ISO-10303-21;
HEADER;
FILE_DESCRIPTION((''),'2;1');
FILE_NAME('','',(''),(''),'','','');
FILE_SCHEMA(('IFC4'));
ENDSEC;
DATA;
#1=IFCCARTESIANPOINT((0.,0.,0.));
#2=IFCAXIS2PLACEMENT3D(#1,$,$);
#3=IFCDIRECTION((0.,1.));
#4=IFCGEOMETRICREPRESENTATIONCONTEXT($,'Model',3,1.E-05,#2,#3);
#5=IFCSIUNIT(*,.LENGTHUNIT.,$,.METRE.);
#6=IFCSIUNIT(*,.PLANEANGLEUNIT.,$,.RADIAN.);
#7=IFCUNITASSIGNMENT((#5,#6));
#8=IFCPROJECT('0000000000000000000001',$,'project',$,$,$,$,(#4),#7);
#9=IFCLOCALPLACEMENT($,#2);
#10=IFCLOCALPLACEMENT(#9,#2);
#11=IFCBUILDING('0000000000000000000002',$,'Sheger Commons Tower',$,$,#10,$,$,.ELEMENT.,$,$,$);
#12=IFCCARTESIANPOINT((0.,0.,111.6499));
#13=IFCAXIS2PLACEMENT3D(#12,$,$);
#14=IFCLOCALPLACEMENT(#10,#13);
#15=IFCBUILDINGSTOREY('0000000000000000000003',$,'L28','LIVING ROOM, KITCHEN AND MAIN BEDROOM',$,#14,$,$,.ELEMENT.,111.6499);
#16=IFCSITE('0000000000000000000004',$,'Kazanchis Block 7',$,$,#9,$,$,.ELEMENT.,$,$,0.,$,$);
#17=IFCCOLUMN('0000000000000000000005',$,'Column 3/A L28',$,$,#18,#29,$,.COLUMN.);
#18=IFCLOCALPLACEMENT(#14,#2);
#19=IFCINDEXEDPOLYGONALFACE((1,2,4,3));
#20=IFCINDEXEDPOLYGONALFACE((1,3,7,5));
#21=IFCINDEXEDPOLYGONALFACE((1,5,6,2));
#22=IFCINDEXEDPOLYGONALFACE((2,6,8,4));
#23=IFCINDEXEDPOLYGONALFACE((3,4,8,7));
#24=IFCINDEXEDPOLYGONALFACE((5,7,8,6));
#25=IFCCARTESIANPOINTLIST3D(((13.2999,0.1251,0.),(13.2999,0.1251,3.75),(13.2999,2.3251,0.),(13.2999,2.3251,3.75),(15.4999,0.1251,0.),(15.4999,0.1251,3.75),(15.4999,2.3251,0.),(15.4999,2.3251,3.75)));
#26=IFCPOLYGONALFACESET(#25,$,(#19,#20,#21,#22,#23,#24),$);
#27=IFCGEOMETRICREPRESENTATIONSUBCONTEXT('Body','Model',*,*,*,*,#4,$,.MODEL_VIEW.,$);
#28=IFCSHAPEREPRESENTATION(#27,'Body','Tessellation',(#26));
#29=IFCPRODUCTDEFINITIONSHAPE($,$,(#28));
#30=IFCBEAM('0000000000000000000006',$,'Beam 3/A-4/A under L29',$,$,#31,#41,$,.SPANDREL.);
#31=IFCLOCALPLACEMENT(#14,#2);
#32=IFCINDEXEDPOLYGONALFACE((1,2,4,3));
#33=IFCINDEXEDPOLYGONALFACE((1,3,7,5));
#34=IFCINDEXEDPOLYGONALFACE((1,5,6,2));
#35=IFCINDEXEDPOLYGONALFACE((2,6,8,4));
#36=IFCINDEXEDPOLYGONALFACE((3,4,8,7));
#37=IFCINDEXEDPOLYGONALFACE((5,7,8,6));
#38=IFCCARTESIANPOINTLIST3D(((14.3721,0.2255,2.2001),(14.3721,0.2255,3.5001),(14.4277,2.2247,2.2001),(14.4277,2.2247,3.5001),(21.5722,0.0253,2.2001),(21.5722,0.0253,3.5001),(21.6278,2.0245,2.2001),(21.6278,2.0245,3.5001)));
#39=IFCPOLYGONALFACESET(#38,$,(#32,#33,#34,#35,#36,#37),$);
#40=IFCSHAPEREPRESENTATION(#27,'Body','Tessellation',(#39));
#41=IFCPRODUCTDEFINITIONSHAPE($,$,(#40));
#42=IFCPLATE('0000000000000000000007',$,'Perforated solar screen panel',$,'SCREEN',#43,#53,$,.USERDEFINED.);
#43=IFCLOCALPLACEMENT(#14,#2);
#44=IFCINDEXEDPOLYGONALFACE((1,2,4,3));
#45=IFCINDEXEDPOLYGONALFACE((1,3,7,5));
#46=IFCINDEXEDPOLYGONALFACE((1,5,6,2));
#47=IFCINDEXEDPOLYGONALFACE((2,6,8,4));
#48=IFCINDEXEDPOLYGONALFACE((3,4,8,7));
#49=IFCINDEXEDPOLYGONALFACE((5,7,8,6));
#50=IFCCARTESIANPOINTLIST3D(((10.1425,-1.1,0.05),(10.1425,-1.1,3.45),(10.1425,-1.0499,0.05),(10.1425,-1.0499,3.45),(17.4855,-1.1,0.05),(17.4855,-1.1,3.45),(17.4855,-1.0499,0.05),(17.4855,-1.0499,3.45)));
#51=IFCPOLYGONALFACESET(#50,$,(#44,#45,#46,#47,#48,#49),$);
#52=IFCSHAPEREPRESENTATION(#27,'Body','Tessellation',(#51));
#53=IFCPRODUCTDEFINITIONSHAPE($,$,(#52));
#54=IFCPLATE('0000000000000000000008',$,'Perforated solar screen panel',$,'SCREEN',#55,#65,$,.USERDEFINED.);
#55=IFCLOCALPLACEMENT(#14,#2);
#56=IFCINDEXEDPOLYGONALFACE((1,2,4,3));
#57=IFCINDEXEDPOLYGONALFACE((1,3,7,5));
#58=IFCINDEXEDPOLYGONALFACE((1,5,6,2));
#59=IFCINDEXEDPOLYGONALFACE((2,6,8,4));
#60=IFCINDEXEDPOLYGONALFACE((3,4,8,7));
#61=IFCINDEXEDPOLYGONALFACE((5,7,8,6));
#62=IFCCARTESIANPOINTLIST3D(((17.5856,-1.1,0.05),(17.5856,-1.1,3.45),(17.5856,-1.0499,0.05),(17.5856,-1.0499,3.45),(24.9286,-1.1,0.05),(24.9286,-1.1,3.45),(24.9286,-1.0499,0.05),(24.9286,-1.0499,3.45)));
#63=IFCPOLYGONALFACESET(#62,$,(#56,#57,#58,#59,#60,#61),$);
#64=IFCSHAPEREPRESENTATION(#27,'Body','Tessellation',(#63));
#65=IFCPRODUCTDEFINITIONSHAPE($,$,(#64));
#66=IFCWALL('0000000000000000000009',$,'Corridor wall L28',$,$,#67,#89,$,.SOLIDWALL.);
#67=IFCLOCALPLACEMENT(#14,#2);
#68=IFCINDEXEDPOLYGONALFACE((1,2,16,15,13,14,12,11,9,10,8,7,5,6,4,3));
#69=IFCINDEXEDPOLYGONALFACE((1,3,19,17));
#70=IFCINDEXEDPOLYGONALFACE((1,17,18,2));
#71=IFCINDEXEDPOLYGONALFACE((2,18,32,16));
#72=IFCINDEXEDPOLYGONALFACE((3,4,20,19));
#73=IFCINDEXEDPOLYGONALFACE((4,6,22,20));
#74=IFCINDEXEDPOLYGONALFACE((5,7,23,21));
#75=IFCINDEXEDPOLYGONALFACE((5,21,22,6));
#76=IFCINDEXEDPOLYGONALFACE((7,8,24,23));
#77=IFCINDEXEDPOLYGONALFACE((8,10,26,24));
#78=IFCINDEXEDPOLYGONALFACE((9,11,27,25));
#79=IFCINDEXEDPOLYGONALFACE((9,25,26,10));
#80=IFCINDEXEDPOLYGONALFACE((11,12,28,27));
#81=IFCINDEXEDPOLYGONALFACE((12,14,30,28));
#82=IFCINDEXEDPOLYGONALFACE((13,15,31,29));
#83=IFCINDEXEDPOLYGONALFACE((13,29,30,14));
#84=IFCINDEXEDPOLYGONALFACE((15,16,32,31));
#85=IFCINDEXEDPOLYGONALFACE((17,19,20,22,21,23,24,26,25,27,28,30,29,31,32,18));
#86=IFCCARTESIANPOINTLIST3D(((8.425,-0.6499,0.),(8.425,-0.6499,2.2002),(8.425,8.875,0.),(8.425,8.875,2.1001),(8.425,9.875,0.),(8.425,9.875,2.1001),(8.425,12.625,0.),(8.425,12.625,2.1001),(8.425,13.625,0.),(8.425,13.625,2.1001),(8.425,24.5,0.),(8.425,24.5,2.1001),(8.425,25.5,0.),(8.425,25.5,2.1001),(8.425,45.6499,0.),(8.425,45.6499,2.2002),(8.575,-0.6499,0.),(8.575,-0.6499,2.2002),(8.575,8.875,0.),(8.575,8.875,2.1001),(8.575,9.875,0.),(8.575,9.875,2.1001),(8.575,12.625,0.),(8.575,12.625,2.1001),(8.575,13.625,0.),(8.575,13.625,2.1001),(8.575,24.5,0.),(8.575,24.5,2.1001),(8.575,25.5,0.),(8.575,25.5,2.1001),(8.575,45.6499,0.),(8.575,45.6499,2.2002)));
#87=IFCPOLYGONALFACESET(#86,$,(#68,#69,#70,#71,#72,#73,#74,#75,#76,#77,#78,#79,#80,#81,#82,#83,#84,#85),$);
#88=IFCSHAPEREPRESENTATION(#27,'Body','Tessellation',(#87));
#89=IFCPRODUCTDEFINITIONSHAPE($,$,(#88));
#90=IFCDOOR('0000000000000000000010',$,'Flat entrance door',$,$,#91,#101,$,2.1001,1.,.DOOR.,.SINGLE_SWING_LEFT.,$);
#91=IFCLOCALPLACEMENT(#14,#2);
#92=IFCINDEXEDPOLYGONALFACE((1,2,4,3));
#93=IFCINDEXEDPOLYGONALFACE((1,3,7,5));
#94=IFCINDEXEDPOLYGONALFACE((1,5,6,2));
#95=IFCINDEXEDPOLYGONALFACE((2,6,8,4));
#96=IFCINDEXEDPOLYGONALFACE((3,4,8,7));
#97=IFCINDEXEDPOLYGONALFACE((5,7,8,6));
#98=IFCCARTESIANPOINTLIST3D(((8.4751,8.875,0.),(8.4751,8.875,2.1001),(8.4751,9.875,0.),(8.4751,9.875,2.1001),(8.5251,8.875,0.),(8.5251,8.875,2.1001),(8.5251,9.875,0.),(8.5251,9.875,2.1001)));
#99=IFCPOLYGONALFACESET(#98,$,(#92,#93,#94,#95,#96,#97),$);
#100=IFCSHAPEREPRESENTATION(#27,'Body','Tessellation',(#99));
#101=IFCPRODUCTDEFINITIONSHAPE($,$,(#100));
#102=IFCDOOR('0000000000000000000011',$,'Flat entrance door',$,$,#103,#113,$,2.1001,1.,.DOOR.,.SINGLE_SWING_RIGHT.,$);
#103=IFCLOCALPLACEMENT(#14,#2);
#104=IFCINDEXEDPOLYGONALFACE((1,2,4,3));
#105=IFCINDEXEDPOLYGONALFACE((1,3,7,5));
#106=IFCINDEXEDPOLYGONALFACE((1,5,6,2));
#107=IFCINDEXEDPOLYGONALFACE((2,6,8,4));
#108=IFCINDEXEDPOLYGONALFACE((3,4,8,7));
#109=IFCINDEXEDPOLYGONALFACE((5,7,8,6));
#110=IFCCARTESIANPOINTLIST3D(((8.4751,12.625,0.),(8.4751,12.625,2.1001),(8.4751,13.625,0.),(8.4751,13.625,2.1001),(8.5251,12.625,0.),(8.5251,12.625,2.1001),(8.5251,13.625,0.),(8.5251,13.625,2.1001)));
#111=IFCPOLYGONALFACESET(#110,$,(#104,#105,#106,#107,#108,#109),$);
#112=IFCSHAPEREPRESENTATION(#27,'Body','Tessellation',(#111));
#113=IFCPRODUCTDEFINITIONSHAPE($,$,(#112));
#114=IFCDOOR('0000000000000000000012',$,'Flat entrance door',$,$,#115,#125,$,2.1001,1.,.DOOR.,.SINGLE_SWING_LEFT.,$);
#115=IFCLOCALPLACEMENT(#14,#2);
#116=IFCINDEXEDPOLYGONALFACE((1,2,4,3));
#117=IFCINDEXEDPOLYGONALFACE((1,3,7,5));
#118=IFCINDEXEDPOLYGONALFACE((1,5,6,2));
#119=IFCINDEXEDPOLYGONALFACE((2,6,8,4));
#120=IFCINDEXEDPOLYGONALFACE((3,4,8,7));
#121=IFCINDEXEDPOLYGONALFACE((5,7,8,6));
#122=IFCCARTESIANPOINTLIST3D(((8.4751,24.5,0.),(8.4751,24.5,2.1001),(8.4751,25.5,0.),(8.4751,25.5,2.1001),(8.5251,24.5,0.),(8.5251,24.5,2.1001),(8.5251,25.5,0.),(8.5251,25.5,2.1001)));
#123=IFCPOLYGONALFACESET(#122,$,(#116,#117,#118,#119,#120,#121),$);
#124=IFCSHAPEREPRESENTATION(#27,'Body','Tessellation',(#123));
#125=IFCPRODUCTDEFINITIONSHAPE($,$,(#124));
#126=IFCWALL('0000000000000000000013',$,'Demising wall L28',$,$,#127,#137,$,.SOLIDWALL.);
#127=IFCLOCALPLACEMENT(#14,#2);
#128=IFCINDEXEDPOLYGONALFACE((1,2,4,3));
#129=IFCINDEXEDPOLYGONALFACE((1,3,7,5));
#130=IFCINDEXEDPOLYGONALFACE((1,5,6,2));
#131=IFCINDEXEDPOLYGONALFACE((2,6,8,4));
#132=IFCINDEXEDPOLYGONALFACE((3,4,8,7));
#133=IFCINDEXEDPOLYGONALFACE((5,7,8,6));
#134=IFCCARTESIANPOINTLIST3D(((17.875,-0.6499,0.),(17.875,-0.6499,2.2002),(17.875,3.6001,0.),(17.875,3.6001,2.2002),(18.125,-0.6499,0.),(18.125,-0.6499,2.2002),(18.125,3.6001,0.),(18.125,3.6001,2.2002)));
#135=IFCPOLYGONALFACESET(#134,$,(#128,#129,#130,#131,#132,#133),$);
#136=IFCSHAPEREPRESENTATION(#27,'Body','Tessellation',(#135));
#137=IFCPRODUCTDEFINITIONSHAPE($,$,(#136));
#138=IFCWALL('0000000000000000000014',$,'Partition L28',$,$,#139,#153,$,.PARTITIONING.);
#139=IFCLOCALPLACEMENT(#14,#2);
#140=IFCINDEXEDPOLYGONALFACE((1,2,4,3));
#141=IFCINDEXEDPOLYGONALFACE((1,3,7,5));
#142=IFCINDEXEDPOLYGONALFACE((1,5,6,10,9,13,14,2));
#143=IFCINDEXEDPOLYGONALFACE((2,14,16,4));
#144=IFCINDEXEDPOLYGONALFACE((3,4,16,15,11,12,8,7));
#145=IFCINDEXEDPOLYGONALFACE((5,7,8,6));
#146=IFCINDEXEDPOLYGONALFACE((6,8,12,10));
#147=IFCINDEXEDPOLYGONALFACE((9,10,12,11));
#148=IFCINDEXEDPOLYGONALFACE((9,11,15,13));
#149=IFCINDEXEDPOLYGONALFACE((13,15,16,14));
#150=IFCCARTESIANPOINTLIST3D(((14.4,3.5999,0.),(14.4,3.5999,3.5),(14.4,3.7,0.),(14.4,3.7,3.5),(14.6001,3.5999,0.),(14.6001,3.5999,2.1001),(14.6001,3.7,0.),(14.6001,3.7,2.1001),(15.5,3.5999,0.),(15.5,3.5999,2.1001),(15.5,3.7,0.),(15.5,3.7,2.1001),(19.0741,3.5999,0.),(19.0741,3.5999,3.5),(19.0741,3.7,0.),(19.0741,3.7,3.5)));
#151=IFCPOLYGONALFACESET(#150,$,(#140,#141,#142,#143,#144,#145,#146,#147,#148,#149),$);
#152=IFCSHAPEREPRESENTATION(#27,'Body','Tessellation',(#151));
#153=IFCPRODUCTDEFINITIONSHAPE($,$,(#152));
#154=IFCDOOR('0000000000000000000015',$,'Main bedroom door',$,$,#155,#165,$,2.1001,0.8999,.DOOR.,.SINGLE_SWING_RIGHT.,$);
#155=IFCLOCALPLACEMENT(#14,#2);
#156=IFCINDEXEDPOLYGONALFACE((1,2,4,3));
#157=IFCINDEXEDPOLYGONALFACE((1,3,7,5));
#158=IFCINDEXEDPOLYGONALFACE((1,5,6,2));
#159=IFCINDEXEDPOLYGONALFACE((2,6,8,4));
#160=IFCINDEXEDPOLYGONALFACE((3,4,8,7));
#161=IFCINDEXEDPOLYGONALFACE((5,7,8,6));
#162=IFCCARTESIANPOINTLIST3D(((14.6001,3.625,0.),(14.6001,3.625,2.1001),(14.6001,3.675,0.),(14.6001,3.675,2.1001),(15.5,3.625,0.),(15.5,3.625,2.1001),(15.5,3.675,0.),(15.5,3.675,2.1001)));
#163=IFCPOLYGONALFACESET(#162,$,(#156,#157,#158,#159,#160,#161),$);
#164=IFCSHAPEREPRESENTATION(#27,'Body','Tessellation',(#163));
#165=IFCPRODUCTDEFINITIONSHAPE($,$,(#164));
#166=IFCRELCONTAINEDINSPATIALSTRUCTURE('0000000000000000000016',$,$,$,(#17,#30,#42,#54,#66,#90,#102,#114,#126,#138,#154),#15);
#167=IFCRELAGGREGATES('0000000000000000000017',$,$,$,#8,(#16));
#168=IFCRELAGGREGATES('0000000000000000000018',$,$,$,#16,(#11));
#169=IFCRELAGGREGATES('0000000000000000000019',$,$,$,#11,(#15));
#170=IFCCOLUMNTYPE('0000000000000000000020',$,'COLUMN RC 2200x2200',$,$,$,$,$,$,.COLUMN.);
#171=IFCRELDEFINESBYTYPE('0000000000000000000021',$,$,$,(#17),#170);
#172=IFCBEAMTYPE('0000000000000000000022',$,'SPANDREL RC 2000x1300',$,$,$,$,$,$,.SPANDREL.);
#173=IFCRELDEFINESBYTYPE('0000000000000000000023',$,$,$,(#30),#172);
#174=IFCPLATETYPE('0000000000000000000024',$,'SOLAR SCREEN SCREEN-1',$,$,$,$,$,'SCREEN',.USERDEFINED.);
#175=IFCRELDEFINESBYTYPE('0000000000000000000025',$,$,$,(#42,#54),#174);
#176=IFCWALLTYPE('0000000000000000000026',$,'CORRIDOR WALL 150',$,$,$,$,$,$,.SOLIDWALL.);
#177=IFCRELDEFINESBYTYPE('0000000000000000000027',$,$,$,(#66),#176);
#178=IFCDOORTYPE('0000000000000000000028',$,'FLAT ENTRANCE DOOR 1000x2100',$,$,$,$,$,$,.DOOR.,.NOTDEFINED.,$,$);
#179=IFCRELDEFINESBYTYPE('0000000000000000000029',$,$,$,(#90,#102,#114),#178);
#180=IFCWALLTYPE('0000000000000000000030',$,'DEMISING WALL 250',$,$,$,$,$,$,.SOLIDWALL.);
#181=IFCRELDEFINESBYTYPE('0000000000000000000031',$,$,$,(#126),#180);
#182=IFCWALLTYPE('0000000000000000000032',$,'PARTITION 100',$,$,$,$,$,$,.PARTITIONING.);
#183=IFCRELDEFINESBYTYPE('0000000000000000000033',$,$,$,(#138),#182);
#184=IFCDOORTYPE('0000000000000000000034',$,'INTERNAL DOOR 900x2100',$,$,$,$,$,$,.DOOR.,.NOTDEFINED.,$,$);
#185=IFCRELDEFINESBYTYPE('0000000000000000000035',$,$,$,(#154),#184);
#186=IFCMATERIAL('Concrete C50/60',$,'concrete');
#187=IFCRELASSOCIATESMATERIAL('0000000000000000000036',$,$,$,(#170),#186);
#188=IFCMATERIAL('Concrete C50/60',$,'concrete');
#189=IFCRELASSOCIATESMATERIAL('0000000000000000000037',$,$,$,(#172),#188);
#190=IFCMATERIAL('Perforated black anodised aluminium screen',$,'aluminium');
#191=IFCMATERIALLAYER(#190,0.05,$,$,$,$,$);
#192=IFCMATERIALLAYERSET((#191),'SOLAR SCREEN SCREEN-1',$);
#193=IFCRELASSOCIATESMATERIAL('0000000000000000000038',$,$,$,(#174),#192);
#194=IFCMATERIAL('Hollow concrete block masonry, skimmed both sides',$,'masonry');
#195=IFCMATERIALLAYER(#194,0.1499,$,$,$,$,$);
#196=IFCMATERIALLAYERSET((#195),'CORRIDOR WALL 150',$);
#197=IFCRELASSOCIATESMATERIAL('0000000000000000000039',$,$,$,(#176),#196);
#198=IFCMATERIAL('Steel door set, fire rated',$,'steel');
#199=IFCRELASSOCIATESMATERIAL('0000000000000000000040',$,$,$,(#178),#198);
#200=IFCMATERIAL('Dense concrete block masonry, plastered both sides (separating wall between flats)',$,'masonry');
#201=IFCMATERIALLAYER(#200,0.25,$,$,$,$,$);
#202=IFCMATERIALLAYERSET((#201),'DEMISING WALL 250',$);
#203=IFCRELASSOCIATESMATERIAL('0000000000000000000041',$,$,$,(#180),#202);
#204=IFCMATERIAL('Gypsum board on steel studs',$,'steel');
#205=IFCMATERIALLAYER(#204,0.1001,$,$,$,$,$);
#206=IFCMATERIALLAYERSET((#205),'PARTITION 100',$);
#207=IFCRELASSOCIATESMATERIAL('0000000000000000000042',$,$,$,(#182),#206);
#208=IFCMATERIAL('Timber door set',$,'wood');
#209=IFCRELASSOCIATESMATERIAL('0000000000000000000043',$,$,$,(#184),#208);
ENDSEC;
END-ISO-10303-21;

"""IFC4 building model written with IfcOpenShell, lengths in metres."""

from ifc_helpers import new_model, si_unit, direction, frame, frame_2d, origin, origin_2d, place, context, subcontext, project, spatial, rectangle, extrude, material, layer, layer_set, material_profile, profile_set, type_object, element, fill, save


model = new_model("IFC4")

# Units and contexts
model_context = context("Model", 3, precision=1e-05, world=origin(), true_north=direction((0.0, 1.0)))
body_context = subcontext(model_context, "Body", "Model", "MODEL_VIEW")
ifc_project = project(units=[si_unit("LENGTHUNIT", "METRE"), si_unit("PLANEANGLEUNIT", "RADIAN")], contexts=[model_context])

# Site, building, storey
site_placement = place(None, origin())
site = spatial("IfcSite", under=ifc_project, at=site_placement, Name="Kazanchis Block 7", CompositionType="ELEMENT", RefElevation=0.0)
building_placement = place(site_placement, origin())
building = spatial("IfcBuilding", under=site, at=building_placement, Name="Sheger Commons Tower", CompositionType="ELEMENT")
storey_placement = place(building_placement, frame((0.0, 0.0, 111.6499)))
storey = spatial("IfcBuildingStorey", under=building, at=storey_placement, Name="L28", Description="LIVING ROOM, KITCHEN AND MAIN BEDROOM", CompositionType="ELEMENT", Elevation=111.6499)

# Column
ifc_material_1 = material(Name="Concrete C50/60", Category="concrete")
ifc_material_profile_1 = material_profile(ifc_material_1, rectangle(XDim=2.2, YDim=2.2, at=origin_2d()), Name="RC 2200x2200")
ifc_profile_set_1 = profile_set([ifc_material_profile_1], Name="Concrete C50/60")
column_type = type_object("IfcColumnType", Name="COLUMN RC 2200x2200", PredefinedType="COLUMN", material=ifc_profile_set_1)
column_placement = place(storey_placement, frame((14.3999, 1.2251, 0.0), z_axis=(0.0, 0.0, 1.0), x_axis=(1.0, 0.0, 0.0)))
element("IfcColumn", 1, at=column_placement, inside=storey, type_object=column_type, Name="Column 3/A L28", PredefinedType="COLUMN", context=body_context, shape_type="SweptSolid", body=[
    extrude(rectangle(XDim=2.2, YDim=2.2, at=origin_2d()), origin(), (0.0, 0.0, 1.0), 3.75),
])

# Beam
ifc_material_2 = material(Name="Concrete C50/60", Category="concrete")
ifc_material_profile_2 = material_profile(ifc_material_2, rectangle(XDim=2.0, YDim=1.3, at=origin_2d()), Name="RC 2000x1300")
ifc_profile_set_2 = profile_set([ifc_material_profile_2], Name="Concrete C50/60")
beam_type = type_object("IfcBeamType", Name="SPANDREL RC 2000x1300", PredefinedType="SPANDREL", material=ifc_profile_set_2)
beam_placement = place(storey_placement, frame((14.3999, 1.2251, 2.8501), z_axis=(0.999614, -0.027793, 0.0), x_axis=(0.027793, 0.999614, 0.0)))
element("IfcBeam", 2, at=beam_placement, inside=storey, type_object=beam_type, Name="Beam 3/A-4/A under L29", PredefinedType="SPANDREL", context=body_context, shape_type="SweptSolid", body=[
    extrude(rectangle(XDim=2.0, YDim=1.3, at=origin_2d()), origin(), (0.0, 0.0, 1.0), 7.2029),
])

# Plates
ifc_material_3 = material(Name="Perforated black anodised aluminium screen", Category="aluminium")
ifc_layer_1 = layer(ifc_material_3, 0.05)
ifc_layer_set_1 = layer_set([ifc_layer_1], Name="SOLAR SCREEN SCREEN-1")
plate_type = type_object("IfcPlateType", Name="SOLAR SCREEN SCREEN-1", ElementType="SCREEN", PredefinedType="USERDEFINED", material=ifc_layer_set_1)
for number, where, z_axis, x_axis, name in (
    (3, (13.814, -1.075, 0.05), (0.0, 0.0, 1.0), (1.0, 0.0, 0.0), "Perforated solar screen panel"),
    (4, (21.2571, -1.075, 0.05), (0.0, 0.0, 1.0), (1.0, 0.0, 0.0), "Perforated solar screen panel"),
):
    element("IfcPlate", number, at=place(storey_placement, frame(where, z_axis=z_axis, x_axis=x_axis)), inside=storey, type_object=plate_type, Name=name, ObjectType="SCREEN", PredefinedType="USERDEFINED", context=body_context, shape_type="SweptSolid", body=[
        extrude(rectangle(XDim=7.343, YDim=0.05, at=origin_2d()), origin(), (0.0, 0.0, 1.0), 3.3999),
    ])

# Wall, openings, doors
ifc_material_4 = material(Name="Hollow concrete block masonry, skimmed both sides", Category="masonry")
ifc_layer_2 = layer(ifc_material_4, 0.1499)
ifc_layer_set_2 = layer_set([ifc_layer_2], Name="CORRIDOR WALL 150")
wall_type_1 = type_object("IfcWallType", Name="CORRIDOR WALL 150", PredefinedType="SOLIDWALL", material=ifc_layer_set_2)
wall_1_placement = place(storey_placement, frame((8.5, -0.6499, 0.0), z_axis=(0.0, 0.0, 1.0), x_axis=(0.0, 1.0, 0.0)))
wall_1 = element("IfcWall", 5, at=wall_1_placement, inside=storey, type_object=wall_type_1, Name="Corridor wall L28", PredefinedType="SOLIDWALL", context=body_context, shape_type="SweptSolid", body=[
    extrude(rectangle(XDim=46.2998, YDim=0.1499, at=frame_2d((23.1499, 0.0))), origin(), (0.0, 0.0, 1.0), 2.2002),
])
opening_1_placement = place(wall_1_placement, frame((9.5249, 0.0, 0.0)))
opening_1 = element("IfcOpeningElement", 6, at=opening_1_placement, cuts=wall_1, PredefinedType="OPENING", context=body_context, shape_type="SweptSolid", body=[
    extrude(rectangle(XDim=1.0, YDim=2.1001, at=frame_2d((0.5, 1.05))), frame((0.0, 0.085, 0.0), z_axis=(0.0, -1.0, 0.0), x_axis=(1.0, 0.0, 0.0)), (0.0, 0.0, 1.0), 0.1699),
])
opening_2_placement = place(wall_1_placement, frame((13.2749, 0.0, 0.0)))
opening_2 = element("IfcOpeningElement", 7, at=opening_2_placement, cuts=wall_1, PredefinedType="OPENING", context=body_context, shape_type="SweptSolid", body=[
    extrude(rectangle(XDim=1.0, YDim=2.1001, at=frame_2d((0.5, 1.05))), frame((0.0, 0.085, 0.0), z_axis=(0.0, -1.0, 0.0), x_axis=(1.0, 0.0, 0.0)), (0.0, 0.0, 1.0), 0.1699),
])
opening_3_placement = place(wall_1_placement, frame((25.1499, 0.0, 0.0)))
opening_3 = element("IfcOpeningElement", 8, at=opening_3_placement, cuts=wall_1, PredefinedType="OPENING", context=body_context, shape_type="SweptSolid", body=[
    extrude(rectangle(XDim=1.0, YDim=2.1001, at=frame_2d((0.5, 1.05))), frame((0.0, 0.085, 0.0), z_axis=(0.0, -1.0, 0.0), x_axis=(1.0, 0.0, 0.0)), (0.0, 0.0, 1.0), 0.1699),
])
ifc_material_5 = material(Name="Steel door set, fire rated", Category="steel")
door_type_1 = type_object("IfcDoorType", Name="FLAT ENTRANCE DOOR 1000x2100", OperationType="NOTDEFINED", PredefinedType="DOOR", material=ifc_material_5)
door_1_placement = place(opening_1_placement, origin())
door_1 = element("IfcDoor", 9, at=door_1_placement, inside=storey, type_object=door_type_1, Name="Flat entrance door", OperationType="SINGLE_SWING_LEFT", OverallHeight=2.1001, OverallWidth=1.0, PredefinedType="DOOR", context=body_context, shape_type="SweptSolid", body=[
    extrude(rectangle(XDim=1.0, YDim=2.1001, at=frame_2d((0.5, 1.05))), frame((0.0, 0.0249, 0.0), z_axis=(0.0, -1.0, 0.0), x_axis=(1.0, 0.0, 0.0)), (0.0, 0.0, 1.0), 0.05),
])
fill(opening_1, door_1)
door_2_placement = place(opening_2_placement, origin())
door_2 = element("IfcDoor", 10, at=door_2_placement, inside=storey, type_object=door_type_1, Name="Flat entrance door", OperationType="SINGLE_SWING_RIGHT", OverallHeight=2.1001, OverallWidth=1.0, PredefinedType="DOOR", context=body_context, shape_type="SweptSolid", body=[
    extrude(rectangle(XDim=1.0, YDim=2.1001, at=frame_2d((0.5, 1.05))), frame((0.0, 0.0249, 0.0), z_axis=(0.0, -1.0, 0.0), x_axis=(1.0, 0.0, 0.0)), (0.0, 0.0, 1.0), 0.05),
])
fill(opening_2, door_2)
door_3_placement = place(opening_3_placement, origin())
door_3 = element("IfcDoor", 11, at=door_3_placement, inside=storey, type_object=door_type_1, Name="Flat entrance door", OperationType="SINGLE_SWING_LEFT", OverallHeight=2.1001, OverallWidth=1.0, PredefinedType="DOOR", context=body_context, shape_type="SweptSolid", body=[
    extrude(rectangle(XDim=1.0, YDim=2.1001, at=frame_2d((0.5, 1.05))), frame((0.0, 0.0249, 0.0), z_axis=(0.0, -1.0, 0.0), x_axis=(1.0, 0.0, 0.0)), (0.0, 0.0, 1.0), 0.05),
])
fill(opening_3, door_3)

# Wall
ifc_material_6 = material(Name="Dense concrete block masonry, plastered both sides (separating wall between flats)", Category="masonry")
ifc_layer_3 = layer(ifc_material_6, 0.25)
ifc_layer_set_3 = layer_set([ifc_layer_3], Name="DEMISING WALL 250")
wall_type_2 = type_object("IfcWallType", Name="DEMISING WALL 250", PredefinedType="SOLIDWALL", material=ifc_layer_set_3)
wall_2_placement = place(storey_placement, frame((18.0, -0.6499, 0.0), z_axis=(0.0, 0.0, 1.0), x_axis=(0.0, 1.0, 0.0)))
element("IfcWall", 12, at=wall_2_placement, inside=storey, type_object=wall_type_2, Name="Demising wall L28", PredefinedType="SOLIDWALL", context=body_context, shape_type="SweptSolid", body=[
    extrude(rectangle(XDim=4.25, YDim=0.25, at=frame_2d((2.125, 0.0))), origin(), (0.0, 0.0, 1.0), 2.2002),
])

# Wall, opening, door
ifc_material_7 = material(Name="Gypsum board on steel studs", Category="steel")
ifc_layer_4 = layer(ifc_material_7, 0.1001)
ifc_layer_set_4 = layer_set([ifc_layer_4], Name="PARTITION 100")
wall_type_3 = type_object("IfcWallType", Name="PARTITION 100", PredefinedType="PARTITIONING", material=ifc_layer_set_4)
wall_3_placement = place(storey_placement, frame((19.074, 3.6499, 0.0), z_axis=(0.0, 0.0, 1.0), x_axis=(-1.0, 0.0, 0.0)))
wall_3 = element("IfcWall", 13, at=wall_3_placement, inside=storey, type_object=wall_type_3, Name="Partition L28", PredefinedType="PARTITIONING", context=body_context, shape_type="SweptSolid", body=[
    extrude(rectangle(XDim=4.6741, YDim=0.1001, at=frame_2d((2.3369, 0.0))), origin(), (0.0, 0.0, 1.0), 3.5),
])
opening_4_placement = place(wall_3_placement, frame((3.574, 0.0, 0.0)))
opening_4 = element("IfcOpeningElement", 14, at=opening_4_placement, cuts=wall_3, PredefinedType="OPENING", context=body_context, shape_type="SweptSolid", body=[
    extrude(rectangle(XDim=0.8999, YDim=2.1001, at=frame_2d((0.45, 1.05))), frame((0.0, 0.0601, 0.0), z_axis=(0.0, -1.0, 0.0), x_axis=(1.0, 0.0, 0.0)), (0.0, 0.0, 1.0), 0.1201),
])
ifc_material_8 = material(Name="Timber door set", Category="wood")
door_type_2 = type_object("IfcDoorType", Name="INTERNAL DOOR 900x2100", OperationType="NOTDEFINED", PredefinedType="DOOR", material=ifc_material_8)
door_4_placement = place(opening_4_placement, origin())
door_4 = element("IfcDoor", 15, at=door_4_placement, inside=storey, type_object=door_type_2, Name="Main bedroom door", OperationType="SINGLE_SWING_RIGHT", OverallHeight=2.1001, OverallWidth=0.8999, PredefinedType="DOOR", context=body_context, shape_type="SweptSolid", body=[
    extrude(rectangle(XDim=0.8999, YDim=2.1001, at=frame_2d((0.45, 1.05))), frame((0.0, 0.0249, 0.0), z_axis=(0.0, -1.0, 0.0), x_axis=(1.0, 0.0, 0.0)), (0.0, 0.0, 1.0), 0.05),
])
fill(opening_4, door_4)

save(model, "model.ifc")
